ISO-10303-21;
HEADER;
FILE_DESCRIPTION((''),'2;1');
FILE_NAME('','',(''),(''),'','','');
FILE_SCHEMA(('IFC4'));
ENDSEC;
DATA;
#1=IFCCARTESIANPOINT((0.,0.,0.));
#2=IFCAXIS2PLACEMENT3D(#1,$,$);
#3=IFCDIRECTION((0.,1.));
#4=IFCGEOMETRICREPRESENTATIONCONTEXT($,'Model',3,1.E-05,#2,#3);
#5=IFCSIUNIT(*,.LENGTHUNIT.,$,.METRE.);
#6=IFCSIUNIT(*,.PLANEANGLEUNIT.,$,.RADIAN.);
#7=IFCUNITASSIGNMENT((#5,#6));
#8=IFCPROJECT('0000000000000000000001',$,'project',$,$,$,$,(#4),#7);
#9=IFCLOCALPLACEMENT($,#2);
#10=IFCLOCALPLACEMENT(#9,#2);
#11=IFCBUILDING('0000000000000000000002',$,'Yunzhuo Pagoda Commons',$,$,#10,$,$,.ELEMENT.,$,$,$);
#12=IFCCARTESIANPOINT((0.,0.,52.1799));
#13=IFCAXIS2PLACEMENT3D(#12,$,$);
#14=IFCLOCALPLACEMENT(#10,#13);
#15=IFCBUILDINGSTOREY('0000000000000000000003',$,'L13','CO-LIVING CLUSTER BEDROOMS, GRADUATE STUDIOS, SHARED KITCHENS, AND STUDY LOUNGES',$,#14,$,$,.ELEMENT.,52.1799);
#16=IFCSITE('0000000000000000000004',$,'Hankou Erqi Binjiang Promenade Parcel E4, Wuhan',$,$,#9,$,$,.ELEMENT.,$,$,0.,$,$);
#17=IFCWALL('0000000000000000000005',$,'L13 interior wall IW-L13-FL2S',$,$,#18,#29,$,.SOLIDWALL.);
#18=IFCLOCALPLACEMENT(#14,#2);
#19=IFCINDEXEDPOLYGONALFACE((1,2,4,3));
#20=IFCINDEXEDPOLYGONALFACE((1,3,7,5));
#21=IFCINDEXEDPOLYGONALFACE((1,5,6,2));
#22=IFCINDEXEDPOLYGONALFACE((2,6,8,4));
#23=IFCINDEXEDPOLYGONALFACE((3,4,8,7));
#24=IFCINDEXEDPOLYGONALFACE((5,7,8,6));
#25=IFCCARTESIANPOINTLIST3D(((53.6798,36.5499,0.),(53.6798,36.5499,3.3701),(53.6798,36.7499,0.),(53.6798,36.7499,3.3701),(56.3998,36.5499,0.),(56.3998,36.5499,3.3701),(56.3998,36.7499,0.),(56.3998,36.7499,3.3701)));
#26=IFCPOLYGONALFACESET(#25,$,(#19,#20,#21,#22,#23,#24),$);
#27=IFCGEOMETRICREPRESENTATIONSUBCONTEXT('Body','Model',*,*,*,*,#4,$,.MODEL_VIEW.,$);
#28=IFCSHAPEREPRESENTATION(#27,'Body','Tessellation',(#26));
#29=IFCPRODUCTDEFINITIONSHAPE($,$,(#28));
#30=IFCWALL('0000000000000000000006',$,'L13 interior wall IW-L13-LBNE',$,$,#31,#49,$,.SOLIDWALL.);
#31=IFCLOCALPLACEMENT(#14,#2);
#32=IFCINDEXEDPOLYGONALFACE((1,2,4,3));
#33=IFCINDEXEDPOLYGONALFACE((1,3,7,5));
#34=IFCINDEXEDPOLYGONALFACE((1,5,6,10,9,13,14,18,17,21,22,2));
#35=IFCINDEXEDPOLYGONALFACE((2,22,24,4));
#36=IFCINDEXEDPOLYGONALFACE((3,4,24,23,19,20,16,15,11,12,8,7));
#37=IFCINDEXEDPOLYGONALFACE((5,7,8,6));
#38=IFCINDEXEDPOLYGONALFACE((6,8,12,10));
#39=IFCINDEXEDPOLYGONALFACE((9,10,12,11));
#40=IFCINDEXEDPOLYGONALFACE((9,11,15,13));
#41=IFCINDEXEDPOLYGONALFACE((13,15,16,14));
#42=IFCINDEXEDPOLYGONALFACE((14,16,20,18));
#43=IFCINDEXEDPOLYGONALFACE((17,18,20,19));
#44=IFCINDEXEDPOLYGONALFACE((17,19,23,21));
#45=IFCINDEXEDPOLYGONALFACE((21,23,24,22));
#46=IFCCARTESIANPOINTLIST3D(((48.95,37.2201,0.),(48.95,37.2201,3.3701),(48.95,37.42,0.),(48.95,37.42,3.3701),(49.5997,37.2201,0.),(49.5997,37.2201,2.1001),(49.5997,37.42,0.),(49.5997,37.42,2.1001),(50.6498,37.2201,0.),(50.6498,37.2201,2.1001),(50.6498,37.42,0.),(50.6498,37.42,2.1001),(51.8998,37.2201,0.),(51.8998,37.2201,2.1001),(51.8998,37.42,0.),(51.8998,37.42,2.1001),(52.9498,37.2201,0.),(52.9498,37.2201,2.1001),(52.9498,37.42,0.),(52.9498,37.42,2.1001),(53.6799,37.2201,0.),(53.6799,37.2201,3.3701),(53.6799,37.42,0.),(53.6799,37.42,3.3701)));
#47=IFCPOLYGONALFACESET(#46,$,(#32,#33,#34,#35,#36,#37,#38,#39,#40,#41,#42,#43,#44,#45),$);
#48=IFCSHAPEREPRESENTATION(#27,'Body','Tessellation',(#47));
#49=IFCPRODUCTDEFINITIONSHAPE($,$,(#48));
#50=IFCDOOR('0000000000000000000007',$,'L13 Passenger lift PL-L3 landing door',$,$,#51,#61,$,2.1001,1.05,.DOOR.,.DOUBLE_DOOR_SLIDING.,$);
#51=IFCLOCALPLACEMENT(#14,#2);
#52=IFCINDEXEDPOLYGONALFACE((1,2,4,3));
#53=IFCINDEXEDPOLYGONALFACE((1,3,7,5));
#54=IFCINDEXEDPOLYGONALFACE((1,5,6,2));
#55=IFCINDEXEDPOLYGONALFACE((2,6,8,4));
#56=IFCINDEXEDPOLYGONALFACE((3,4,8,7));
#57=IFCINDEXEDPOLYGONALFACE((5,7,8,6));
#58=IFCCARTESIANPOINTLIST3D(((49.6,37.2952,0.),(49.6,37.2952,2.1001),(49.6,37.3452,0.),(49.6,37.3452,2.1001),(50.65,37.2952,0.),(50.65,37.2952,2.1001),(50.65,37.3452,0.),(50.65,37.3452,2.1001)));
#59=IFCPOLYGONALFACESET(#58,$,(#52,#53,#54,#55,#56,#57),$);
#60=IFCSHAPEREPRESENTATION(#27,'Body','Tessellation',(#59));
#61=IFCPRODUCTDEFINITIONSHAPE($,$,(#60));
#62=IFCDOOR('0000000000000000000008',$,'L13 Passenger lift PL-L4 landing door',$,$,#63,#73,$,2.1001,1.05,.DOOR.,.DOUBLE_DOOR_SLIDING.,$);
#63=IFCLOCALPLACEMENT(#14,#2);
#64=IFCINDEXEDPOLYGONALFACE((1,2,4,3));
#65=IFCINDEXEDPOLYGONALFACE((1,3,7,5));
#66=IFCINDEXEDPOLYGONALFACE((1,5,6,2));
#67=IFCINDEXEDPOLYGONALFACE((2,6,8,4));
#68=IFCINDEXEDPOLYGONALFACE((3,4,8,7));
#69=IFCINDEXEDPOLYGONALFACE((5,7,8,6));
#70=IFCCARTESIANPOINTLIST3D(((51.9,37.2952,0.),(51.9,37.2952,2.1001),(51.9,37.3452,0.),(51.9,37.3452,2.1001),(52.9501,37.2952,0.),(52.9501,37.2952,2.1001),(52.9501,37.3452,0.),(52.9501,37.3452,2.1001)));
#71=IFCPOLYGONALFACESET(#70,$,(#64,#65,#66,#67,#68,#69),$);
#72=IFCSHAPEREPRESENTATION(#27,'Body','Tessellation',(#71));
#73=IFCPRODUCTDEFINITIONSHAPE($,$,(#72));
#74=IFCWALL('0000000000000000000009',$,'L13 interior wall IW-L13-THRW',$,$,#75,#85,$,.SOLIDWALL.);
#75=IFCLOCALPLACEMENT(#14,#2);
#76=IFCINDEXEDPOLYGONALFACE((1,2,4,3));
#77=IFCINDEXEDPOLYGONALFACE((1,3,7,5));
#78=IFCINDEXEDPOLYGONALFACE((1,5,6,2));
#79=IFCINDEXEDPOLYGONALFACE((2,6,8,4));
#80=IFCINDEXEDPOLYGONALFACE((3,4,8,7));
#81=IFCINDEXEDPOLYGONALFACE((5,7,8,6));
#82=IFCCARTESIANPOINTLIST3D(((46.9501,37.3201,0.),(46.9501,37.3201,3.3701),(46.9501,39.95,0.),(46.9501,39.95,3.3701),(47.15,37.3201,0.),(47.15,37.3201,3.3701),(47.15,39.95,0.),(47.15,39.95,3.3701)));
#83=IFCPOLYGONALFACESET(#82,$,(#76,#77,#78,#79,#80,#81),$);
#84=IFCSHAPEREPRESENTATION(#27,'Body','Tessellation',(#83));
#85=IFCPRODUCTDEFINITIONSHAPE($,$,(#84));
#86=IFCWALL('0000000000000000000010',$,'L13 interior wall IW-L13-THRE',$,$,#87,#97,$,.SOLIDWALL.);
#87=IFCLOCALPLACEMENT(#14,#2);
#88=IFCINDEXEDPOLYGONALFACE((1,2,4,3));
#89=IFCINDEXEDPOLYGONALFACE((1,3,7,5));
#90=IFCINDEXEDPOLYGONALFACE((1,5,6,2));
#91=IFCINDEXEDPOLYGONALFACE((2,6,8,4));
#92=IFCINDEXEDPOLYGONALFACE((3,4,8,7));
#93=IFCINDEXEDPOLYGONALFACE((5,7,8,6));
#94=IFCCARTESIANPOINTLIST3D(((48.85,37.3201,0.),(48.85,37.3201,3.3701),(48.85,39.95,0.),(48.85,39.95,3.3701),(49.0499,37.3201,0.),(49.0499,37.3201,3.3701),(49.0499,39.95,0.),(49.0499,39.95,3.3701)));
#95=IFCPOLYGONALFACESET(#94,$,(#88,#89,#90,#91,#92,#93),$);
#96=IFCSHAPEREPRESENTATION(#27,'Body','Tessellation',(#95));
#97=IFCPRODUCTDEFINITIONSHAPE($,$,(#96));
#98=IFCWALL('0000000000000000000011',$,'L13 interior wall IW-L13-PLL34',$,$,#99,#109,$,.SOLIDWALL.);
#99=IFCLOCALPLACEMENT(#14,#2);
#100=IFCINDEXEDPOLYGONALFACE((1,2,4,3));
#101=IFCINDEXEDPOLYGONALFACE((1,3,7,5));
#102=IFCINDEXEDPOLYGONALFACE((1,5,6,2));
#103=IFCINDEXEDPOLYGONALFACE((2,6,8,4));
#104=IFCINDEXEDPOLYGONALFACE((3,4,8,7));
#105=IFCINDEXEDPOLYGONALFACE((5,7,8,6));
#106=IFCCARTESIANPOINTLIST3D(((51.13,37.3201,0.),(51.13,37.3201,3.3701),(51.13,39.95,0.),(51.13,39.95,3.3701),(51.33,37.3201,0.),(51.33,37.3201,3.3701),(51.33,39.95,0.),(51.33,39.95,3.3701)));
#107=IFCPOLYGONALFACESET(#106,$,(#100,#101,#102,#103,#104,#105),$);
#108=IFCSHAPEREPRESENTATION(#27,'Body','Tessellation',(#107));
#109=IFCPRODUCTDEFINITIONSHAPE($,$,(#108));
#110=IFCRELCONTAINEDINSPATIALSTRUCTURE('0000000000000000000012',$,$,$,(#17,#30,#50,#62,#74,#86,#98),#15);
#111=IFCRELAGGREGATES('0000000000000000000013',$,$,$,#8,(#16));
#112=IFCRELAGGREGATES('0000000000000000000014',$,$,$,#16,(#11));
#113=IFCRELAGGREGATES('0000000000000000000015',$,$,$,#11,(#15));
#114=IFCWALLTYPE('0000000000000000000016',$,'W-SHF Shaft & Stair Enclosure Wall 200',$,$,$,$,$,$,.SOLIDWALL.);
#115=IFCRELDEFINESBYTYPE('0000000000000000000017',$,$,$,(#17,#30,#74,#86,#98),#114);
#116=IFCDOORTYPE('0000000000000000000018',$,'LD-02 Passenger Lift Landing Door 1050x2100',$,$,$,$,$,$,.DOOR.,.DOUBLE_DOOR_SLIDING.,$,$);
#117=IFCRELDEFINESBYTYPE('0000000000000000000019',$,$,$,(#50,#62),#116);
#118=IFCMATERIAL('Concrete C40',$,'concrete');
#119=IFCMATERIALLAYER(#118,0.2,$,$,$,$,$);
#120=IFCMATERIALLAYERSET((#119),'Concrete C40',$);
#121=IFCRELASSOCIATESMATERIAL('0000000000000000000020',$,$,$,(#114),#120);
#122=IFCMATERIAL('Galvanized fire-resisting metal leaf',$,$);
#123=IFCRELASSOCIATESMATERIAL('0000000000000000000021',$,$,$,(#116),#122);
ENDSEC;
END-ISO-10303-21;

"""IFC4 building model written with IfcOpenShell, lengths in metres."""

from ifc_helpers import new_model, si_unit, direction, frame, frame_2d, origin, place, context, subcontext, project, spatial, rectangle, extrude, source, transform, mapped, material, layer, layer_set, type_object, element, fill, save


model = new_model("IFC4")

# Units and contexts
model_context = context("Model", 3, precision=1e-05, world=origin(), true_north=direction((0.0, 1.0)))
body_context = subcontext(model_context, "Body", "Model", "MODEL_VIEW")
ifc_project = project(units=[si_unit("LENGTHUNIT", "METRE"), si_unit("PLANEANGLEUNIT", "RADIAN")], contexts=[model_context])

# Site, building, storey
site_placement = place(None, origin())
site = spatial("IfcSite", under=ifc_project, at=site_placement, Name="Hankou Erqi Binjiang Promenade Parcel E4, Wuhan", CompositionType="ELEMENT", RefElevation=0.0)
building_placement = place(site_placement, origin())
building = spatial("IfcBuilding", under=site, at=building_placement, Name="Yunzhuo Pagoda Commons", CompositionType="ELEMENT")
storey_placement = place(building_placement, frame((0.0, 0.0, 52.1799)))
storey = spatial("IfcBuildingStorey", under=building, at=storey_placement, Name="L13", Description="CO-LIVING CLUSTER BEDROOMS, GRADUATE STUDIOS, SHARED KITCHENS, AND STUDY LOUNGES", CompositionType="ELEMENT", Elevation=52.1799)

# Shared definitions
ifc_material_1 = material(Name="Galvanized fire-resisting metal leaf")
shared_shape_1 = source(origin(), body_context, "Body", "SweptSolid", [
    extrude(rectangle(XDim=1.05, YDim=2.1001, at=frame_2d((0.5249, 1.05))), frame((0.0, 0.0249, 0.0), z_axis=(0.0, -1.0, 0.0), x_axis=(1.0, 0.0, 0.0)), (0.0, 0.0, 1.0), 0.05),
])

# Wall
ifc_material_2 = material(Name="Concrete C40", Category="concrete")
ifc_layer_1 = layer(ifc_material_2, 0.2)
ifc_layer_set_1 = layer_set([ifc_layer_1], Name="Concrete C40")
wall_type_1 = type_object("IfcWallType", Name="W-SHF Shaft & Stair Enclosure Wall 200", PredefinedType="SOLIDWALL", material=ifc_layer_set_1)
wall_1_placement = place(storey_placement, frame((53.6799, 36.6499, 0.0), z_axis=(0.0, 0.0, 1.0), x_axis=(1.0, 0.0, 0.0)))
element("IfcWall", 1, at=wall_1_placement, inside=storey, type_object=wall_type_1, Name="L13 interior wall IW-L13-FL2S", PredefinedType="SOLIDWALL", context=body_context, shape_type="SweptSolid", body=[
    extrude(rectangle(XDim=2.72, YDim=0.2, at=frame_2d((1.3599, 0.0))), origin(), (0.0, 0.0, 1.0), 3.3701),
])

# Wall, openings, doors
wall_2_placement = place(storey_placement, frame((48.95, 37.3201, 0.0), z_axis=(0.0, 0.0, 1.0), x_axis=(1.0, 0.0, 0.0)))
wall_2 = element("IfcWall", 2, at=wall_2_placement, inside=storey, type_object=wall_type_1, Name="L13 interior wall IW-L13-LBNE", PredefinedType="SOLIDWALL", context=body_context, shape_type="SweptSolid", body=[
    extrude(rectangle(XDim=4.73, YDim=0.2, at=frame_2d((2.365, 0.0))), origin(), (0.0, 0.0, 1.0), 3.3701),
])
opening_1_placement = place(wall_2_placement, frame((0.6499, 0.0, 0.0)))
opening_1 = element("IfcOpeningElement", 3, at=opening_1_placement, cuts=wall_2, PredefinedType="OPENING", context=body_context, shape_type="SweptSolid", body=[
    extrude(rectangle(XDim=1.05, YDim=2.1001, at=frame_2d((0.5249, 1.05))), frame((0.0, 0.1099, 0.0), z_axis=(0.0, -1.0, 0.0), x_axis=(1.0, 0.0, 0.0)), (0.0, 0.0, 1.0), 0.22),
])
opening_2_placement = place(wall_2_placement, frame((2.95, 0.0, 0.0)))
opening_2 = element("IfcOpeningElement", 4, at=opening_2_placement, cuts=wall_2, PredefinedType="OPENING", context=body_context, shape_type="SweptSolid", body=[
    extrude(rectangle(XDim=1.05, YDim=2.1001, at=frame_2d((0.5249, 1.05))), frame((0.0, 0.1099, 0.0), z_axis=(0.0, -1.0, 0.0), x_axis=(1.0, 0.0, 0.0)), (0.0, 0.0, 1.0), 0.22),
])
door_type_1 = type_object("IfcDoorType", Name="LD-02 Passenger Lift Landing Door 1050x2100", OperationType="DOUBLE_DOOR_SLIDING", PredefinedType="DOOR", material=ifc_material_1)
door_1_placement = place(opening_1_placement, frame((1.05, 0.0, 0.0), z_axis=(0.0, 0.0, 1.0), x_axis=(-1.0, 0.0, 0.0)))
door_1 = element("IfcDoor", 5, at=door_1_placement, inside=storey, type_object=door_type_1, Name="L13 Passenger lift PL-L3 landing door", OperationType="DOUBLE_DOOR_SLIDING", OverallHeight=2.1001, OverallWidth=1.05, PredefinedType="DOOR", context=body_context, shape_type="MappedRepresentation", body=[
    mapped(shared_shape_1, transform((0.0, 0.0, 0.0), scale=1.0)),
])
fill(opening_1, door_1)
door_2_placement = place(opening_2_placement, frame((1.05, 0.0, 0.0), z_axis=(0.0, 0.0, 1.0), x_axis=(-1.0, 0.0, 0.0)))
door_2 = element("IfcDoor", 6, at=door_2_placement, inside=storey, type_object=door_type_1, Name="L13 Passenger lift PL-L4 landing door", OperationType="DOUBLE_DOOR_SLIDING", OverallHeight=2.1001, OverallWidth=1.05, PredefinedType="DOOR", context=body_context, shape_type="MappedRepresentation", body=[
    mapped(shared_shape_1, transform((0.0, 0.0, 0.0), scale=1.0)),
])
fill(opening_2, door_2)

# Walls
for number, where, z_axis, x_axis, name in (
    (7, (47.05, 37.3201, 0.0), (0.0, 0.0, 1.0), (0.0, 1.0, 0.0), "L13 interior wall IW-L13-THRW"),
    (8, (48.95, 37.3201, 0.0), (0.0, 0.0, 1.0), (0.0, 1.0, 0.0), "L13 interior wall IW-L13-THRE"),
    (9, (51.23, 37.3201, 0.0), (0.0, 0.0, 1.0), (0.0, 1.0, 0.0), "L13 interior wall IW-L13-PLL34"),
):
    element("IfcWall", number, at=place(storey_placement, frame(where, z_axis=z_axis, x_axis=x_axis)), inside=storey, type_object=wall_type_1, Name=name, PredefinedType="SOLIDWALL", context=body_context, shape_type="SweptSolid", body=[
        extrude(rectangle(XDim=2.6299, YDim=0.2, at=frame_2d((1.3149, 0.0))), origin(), (0.0, 0.0, 1.0), 3.3701),
    ])

save(model, "model.ifc")
